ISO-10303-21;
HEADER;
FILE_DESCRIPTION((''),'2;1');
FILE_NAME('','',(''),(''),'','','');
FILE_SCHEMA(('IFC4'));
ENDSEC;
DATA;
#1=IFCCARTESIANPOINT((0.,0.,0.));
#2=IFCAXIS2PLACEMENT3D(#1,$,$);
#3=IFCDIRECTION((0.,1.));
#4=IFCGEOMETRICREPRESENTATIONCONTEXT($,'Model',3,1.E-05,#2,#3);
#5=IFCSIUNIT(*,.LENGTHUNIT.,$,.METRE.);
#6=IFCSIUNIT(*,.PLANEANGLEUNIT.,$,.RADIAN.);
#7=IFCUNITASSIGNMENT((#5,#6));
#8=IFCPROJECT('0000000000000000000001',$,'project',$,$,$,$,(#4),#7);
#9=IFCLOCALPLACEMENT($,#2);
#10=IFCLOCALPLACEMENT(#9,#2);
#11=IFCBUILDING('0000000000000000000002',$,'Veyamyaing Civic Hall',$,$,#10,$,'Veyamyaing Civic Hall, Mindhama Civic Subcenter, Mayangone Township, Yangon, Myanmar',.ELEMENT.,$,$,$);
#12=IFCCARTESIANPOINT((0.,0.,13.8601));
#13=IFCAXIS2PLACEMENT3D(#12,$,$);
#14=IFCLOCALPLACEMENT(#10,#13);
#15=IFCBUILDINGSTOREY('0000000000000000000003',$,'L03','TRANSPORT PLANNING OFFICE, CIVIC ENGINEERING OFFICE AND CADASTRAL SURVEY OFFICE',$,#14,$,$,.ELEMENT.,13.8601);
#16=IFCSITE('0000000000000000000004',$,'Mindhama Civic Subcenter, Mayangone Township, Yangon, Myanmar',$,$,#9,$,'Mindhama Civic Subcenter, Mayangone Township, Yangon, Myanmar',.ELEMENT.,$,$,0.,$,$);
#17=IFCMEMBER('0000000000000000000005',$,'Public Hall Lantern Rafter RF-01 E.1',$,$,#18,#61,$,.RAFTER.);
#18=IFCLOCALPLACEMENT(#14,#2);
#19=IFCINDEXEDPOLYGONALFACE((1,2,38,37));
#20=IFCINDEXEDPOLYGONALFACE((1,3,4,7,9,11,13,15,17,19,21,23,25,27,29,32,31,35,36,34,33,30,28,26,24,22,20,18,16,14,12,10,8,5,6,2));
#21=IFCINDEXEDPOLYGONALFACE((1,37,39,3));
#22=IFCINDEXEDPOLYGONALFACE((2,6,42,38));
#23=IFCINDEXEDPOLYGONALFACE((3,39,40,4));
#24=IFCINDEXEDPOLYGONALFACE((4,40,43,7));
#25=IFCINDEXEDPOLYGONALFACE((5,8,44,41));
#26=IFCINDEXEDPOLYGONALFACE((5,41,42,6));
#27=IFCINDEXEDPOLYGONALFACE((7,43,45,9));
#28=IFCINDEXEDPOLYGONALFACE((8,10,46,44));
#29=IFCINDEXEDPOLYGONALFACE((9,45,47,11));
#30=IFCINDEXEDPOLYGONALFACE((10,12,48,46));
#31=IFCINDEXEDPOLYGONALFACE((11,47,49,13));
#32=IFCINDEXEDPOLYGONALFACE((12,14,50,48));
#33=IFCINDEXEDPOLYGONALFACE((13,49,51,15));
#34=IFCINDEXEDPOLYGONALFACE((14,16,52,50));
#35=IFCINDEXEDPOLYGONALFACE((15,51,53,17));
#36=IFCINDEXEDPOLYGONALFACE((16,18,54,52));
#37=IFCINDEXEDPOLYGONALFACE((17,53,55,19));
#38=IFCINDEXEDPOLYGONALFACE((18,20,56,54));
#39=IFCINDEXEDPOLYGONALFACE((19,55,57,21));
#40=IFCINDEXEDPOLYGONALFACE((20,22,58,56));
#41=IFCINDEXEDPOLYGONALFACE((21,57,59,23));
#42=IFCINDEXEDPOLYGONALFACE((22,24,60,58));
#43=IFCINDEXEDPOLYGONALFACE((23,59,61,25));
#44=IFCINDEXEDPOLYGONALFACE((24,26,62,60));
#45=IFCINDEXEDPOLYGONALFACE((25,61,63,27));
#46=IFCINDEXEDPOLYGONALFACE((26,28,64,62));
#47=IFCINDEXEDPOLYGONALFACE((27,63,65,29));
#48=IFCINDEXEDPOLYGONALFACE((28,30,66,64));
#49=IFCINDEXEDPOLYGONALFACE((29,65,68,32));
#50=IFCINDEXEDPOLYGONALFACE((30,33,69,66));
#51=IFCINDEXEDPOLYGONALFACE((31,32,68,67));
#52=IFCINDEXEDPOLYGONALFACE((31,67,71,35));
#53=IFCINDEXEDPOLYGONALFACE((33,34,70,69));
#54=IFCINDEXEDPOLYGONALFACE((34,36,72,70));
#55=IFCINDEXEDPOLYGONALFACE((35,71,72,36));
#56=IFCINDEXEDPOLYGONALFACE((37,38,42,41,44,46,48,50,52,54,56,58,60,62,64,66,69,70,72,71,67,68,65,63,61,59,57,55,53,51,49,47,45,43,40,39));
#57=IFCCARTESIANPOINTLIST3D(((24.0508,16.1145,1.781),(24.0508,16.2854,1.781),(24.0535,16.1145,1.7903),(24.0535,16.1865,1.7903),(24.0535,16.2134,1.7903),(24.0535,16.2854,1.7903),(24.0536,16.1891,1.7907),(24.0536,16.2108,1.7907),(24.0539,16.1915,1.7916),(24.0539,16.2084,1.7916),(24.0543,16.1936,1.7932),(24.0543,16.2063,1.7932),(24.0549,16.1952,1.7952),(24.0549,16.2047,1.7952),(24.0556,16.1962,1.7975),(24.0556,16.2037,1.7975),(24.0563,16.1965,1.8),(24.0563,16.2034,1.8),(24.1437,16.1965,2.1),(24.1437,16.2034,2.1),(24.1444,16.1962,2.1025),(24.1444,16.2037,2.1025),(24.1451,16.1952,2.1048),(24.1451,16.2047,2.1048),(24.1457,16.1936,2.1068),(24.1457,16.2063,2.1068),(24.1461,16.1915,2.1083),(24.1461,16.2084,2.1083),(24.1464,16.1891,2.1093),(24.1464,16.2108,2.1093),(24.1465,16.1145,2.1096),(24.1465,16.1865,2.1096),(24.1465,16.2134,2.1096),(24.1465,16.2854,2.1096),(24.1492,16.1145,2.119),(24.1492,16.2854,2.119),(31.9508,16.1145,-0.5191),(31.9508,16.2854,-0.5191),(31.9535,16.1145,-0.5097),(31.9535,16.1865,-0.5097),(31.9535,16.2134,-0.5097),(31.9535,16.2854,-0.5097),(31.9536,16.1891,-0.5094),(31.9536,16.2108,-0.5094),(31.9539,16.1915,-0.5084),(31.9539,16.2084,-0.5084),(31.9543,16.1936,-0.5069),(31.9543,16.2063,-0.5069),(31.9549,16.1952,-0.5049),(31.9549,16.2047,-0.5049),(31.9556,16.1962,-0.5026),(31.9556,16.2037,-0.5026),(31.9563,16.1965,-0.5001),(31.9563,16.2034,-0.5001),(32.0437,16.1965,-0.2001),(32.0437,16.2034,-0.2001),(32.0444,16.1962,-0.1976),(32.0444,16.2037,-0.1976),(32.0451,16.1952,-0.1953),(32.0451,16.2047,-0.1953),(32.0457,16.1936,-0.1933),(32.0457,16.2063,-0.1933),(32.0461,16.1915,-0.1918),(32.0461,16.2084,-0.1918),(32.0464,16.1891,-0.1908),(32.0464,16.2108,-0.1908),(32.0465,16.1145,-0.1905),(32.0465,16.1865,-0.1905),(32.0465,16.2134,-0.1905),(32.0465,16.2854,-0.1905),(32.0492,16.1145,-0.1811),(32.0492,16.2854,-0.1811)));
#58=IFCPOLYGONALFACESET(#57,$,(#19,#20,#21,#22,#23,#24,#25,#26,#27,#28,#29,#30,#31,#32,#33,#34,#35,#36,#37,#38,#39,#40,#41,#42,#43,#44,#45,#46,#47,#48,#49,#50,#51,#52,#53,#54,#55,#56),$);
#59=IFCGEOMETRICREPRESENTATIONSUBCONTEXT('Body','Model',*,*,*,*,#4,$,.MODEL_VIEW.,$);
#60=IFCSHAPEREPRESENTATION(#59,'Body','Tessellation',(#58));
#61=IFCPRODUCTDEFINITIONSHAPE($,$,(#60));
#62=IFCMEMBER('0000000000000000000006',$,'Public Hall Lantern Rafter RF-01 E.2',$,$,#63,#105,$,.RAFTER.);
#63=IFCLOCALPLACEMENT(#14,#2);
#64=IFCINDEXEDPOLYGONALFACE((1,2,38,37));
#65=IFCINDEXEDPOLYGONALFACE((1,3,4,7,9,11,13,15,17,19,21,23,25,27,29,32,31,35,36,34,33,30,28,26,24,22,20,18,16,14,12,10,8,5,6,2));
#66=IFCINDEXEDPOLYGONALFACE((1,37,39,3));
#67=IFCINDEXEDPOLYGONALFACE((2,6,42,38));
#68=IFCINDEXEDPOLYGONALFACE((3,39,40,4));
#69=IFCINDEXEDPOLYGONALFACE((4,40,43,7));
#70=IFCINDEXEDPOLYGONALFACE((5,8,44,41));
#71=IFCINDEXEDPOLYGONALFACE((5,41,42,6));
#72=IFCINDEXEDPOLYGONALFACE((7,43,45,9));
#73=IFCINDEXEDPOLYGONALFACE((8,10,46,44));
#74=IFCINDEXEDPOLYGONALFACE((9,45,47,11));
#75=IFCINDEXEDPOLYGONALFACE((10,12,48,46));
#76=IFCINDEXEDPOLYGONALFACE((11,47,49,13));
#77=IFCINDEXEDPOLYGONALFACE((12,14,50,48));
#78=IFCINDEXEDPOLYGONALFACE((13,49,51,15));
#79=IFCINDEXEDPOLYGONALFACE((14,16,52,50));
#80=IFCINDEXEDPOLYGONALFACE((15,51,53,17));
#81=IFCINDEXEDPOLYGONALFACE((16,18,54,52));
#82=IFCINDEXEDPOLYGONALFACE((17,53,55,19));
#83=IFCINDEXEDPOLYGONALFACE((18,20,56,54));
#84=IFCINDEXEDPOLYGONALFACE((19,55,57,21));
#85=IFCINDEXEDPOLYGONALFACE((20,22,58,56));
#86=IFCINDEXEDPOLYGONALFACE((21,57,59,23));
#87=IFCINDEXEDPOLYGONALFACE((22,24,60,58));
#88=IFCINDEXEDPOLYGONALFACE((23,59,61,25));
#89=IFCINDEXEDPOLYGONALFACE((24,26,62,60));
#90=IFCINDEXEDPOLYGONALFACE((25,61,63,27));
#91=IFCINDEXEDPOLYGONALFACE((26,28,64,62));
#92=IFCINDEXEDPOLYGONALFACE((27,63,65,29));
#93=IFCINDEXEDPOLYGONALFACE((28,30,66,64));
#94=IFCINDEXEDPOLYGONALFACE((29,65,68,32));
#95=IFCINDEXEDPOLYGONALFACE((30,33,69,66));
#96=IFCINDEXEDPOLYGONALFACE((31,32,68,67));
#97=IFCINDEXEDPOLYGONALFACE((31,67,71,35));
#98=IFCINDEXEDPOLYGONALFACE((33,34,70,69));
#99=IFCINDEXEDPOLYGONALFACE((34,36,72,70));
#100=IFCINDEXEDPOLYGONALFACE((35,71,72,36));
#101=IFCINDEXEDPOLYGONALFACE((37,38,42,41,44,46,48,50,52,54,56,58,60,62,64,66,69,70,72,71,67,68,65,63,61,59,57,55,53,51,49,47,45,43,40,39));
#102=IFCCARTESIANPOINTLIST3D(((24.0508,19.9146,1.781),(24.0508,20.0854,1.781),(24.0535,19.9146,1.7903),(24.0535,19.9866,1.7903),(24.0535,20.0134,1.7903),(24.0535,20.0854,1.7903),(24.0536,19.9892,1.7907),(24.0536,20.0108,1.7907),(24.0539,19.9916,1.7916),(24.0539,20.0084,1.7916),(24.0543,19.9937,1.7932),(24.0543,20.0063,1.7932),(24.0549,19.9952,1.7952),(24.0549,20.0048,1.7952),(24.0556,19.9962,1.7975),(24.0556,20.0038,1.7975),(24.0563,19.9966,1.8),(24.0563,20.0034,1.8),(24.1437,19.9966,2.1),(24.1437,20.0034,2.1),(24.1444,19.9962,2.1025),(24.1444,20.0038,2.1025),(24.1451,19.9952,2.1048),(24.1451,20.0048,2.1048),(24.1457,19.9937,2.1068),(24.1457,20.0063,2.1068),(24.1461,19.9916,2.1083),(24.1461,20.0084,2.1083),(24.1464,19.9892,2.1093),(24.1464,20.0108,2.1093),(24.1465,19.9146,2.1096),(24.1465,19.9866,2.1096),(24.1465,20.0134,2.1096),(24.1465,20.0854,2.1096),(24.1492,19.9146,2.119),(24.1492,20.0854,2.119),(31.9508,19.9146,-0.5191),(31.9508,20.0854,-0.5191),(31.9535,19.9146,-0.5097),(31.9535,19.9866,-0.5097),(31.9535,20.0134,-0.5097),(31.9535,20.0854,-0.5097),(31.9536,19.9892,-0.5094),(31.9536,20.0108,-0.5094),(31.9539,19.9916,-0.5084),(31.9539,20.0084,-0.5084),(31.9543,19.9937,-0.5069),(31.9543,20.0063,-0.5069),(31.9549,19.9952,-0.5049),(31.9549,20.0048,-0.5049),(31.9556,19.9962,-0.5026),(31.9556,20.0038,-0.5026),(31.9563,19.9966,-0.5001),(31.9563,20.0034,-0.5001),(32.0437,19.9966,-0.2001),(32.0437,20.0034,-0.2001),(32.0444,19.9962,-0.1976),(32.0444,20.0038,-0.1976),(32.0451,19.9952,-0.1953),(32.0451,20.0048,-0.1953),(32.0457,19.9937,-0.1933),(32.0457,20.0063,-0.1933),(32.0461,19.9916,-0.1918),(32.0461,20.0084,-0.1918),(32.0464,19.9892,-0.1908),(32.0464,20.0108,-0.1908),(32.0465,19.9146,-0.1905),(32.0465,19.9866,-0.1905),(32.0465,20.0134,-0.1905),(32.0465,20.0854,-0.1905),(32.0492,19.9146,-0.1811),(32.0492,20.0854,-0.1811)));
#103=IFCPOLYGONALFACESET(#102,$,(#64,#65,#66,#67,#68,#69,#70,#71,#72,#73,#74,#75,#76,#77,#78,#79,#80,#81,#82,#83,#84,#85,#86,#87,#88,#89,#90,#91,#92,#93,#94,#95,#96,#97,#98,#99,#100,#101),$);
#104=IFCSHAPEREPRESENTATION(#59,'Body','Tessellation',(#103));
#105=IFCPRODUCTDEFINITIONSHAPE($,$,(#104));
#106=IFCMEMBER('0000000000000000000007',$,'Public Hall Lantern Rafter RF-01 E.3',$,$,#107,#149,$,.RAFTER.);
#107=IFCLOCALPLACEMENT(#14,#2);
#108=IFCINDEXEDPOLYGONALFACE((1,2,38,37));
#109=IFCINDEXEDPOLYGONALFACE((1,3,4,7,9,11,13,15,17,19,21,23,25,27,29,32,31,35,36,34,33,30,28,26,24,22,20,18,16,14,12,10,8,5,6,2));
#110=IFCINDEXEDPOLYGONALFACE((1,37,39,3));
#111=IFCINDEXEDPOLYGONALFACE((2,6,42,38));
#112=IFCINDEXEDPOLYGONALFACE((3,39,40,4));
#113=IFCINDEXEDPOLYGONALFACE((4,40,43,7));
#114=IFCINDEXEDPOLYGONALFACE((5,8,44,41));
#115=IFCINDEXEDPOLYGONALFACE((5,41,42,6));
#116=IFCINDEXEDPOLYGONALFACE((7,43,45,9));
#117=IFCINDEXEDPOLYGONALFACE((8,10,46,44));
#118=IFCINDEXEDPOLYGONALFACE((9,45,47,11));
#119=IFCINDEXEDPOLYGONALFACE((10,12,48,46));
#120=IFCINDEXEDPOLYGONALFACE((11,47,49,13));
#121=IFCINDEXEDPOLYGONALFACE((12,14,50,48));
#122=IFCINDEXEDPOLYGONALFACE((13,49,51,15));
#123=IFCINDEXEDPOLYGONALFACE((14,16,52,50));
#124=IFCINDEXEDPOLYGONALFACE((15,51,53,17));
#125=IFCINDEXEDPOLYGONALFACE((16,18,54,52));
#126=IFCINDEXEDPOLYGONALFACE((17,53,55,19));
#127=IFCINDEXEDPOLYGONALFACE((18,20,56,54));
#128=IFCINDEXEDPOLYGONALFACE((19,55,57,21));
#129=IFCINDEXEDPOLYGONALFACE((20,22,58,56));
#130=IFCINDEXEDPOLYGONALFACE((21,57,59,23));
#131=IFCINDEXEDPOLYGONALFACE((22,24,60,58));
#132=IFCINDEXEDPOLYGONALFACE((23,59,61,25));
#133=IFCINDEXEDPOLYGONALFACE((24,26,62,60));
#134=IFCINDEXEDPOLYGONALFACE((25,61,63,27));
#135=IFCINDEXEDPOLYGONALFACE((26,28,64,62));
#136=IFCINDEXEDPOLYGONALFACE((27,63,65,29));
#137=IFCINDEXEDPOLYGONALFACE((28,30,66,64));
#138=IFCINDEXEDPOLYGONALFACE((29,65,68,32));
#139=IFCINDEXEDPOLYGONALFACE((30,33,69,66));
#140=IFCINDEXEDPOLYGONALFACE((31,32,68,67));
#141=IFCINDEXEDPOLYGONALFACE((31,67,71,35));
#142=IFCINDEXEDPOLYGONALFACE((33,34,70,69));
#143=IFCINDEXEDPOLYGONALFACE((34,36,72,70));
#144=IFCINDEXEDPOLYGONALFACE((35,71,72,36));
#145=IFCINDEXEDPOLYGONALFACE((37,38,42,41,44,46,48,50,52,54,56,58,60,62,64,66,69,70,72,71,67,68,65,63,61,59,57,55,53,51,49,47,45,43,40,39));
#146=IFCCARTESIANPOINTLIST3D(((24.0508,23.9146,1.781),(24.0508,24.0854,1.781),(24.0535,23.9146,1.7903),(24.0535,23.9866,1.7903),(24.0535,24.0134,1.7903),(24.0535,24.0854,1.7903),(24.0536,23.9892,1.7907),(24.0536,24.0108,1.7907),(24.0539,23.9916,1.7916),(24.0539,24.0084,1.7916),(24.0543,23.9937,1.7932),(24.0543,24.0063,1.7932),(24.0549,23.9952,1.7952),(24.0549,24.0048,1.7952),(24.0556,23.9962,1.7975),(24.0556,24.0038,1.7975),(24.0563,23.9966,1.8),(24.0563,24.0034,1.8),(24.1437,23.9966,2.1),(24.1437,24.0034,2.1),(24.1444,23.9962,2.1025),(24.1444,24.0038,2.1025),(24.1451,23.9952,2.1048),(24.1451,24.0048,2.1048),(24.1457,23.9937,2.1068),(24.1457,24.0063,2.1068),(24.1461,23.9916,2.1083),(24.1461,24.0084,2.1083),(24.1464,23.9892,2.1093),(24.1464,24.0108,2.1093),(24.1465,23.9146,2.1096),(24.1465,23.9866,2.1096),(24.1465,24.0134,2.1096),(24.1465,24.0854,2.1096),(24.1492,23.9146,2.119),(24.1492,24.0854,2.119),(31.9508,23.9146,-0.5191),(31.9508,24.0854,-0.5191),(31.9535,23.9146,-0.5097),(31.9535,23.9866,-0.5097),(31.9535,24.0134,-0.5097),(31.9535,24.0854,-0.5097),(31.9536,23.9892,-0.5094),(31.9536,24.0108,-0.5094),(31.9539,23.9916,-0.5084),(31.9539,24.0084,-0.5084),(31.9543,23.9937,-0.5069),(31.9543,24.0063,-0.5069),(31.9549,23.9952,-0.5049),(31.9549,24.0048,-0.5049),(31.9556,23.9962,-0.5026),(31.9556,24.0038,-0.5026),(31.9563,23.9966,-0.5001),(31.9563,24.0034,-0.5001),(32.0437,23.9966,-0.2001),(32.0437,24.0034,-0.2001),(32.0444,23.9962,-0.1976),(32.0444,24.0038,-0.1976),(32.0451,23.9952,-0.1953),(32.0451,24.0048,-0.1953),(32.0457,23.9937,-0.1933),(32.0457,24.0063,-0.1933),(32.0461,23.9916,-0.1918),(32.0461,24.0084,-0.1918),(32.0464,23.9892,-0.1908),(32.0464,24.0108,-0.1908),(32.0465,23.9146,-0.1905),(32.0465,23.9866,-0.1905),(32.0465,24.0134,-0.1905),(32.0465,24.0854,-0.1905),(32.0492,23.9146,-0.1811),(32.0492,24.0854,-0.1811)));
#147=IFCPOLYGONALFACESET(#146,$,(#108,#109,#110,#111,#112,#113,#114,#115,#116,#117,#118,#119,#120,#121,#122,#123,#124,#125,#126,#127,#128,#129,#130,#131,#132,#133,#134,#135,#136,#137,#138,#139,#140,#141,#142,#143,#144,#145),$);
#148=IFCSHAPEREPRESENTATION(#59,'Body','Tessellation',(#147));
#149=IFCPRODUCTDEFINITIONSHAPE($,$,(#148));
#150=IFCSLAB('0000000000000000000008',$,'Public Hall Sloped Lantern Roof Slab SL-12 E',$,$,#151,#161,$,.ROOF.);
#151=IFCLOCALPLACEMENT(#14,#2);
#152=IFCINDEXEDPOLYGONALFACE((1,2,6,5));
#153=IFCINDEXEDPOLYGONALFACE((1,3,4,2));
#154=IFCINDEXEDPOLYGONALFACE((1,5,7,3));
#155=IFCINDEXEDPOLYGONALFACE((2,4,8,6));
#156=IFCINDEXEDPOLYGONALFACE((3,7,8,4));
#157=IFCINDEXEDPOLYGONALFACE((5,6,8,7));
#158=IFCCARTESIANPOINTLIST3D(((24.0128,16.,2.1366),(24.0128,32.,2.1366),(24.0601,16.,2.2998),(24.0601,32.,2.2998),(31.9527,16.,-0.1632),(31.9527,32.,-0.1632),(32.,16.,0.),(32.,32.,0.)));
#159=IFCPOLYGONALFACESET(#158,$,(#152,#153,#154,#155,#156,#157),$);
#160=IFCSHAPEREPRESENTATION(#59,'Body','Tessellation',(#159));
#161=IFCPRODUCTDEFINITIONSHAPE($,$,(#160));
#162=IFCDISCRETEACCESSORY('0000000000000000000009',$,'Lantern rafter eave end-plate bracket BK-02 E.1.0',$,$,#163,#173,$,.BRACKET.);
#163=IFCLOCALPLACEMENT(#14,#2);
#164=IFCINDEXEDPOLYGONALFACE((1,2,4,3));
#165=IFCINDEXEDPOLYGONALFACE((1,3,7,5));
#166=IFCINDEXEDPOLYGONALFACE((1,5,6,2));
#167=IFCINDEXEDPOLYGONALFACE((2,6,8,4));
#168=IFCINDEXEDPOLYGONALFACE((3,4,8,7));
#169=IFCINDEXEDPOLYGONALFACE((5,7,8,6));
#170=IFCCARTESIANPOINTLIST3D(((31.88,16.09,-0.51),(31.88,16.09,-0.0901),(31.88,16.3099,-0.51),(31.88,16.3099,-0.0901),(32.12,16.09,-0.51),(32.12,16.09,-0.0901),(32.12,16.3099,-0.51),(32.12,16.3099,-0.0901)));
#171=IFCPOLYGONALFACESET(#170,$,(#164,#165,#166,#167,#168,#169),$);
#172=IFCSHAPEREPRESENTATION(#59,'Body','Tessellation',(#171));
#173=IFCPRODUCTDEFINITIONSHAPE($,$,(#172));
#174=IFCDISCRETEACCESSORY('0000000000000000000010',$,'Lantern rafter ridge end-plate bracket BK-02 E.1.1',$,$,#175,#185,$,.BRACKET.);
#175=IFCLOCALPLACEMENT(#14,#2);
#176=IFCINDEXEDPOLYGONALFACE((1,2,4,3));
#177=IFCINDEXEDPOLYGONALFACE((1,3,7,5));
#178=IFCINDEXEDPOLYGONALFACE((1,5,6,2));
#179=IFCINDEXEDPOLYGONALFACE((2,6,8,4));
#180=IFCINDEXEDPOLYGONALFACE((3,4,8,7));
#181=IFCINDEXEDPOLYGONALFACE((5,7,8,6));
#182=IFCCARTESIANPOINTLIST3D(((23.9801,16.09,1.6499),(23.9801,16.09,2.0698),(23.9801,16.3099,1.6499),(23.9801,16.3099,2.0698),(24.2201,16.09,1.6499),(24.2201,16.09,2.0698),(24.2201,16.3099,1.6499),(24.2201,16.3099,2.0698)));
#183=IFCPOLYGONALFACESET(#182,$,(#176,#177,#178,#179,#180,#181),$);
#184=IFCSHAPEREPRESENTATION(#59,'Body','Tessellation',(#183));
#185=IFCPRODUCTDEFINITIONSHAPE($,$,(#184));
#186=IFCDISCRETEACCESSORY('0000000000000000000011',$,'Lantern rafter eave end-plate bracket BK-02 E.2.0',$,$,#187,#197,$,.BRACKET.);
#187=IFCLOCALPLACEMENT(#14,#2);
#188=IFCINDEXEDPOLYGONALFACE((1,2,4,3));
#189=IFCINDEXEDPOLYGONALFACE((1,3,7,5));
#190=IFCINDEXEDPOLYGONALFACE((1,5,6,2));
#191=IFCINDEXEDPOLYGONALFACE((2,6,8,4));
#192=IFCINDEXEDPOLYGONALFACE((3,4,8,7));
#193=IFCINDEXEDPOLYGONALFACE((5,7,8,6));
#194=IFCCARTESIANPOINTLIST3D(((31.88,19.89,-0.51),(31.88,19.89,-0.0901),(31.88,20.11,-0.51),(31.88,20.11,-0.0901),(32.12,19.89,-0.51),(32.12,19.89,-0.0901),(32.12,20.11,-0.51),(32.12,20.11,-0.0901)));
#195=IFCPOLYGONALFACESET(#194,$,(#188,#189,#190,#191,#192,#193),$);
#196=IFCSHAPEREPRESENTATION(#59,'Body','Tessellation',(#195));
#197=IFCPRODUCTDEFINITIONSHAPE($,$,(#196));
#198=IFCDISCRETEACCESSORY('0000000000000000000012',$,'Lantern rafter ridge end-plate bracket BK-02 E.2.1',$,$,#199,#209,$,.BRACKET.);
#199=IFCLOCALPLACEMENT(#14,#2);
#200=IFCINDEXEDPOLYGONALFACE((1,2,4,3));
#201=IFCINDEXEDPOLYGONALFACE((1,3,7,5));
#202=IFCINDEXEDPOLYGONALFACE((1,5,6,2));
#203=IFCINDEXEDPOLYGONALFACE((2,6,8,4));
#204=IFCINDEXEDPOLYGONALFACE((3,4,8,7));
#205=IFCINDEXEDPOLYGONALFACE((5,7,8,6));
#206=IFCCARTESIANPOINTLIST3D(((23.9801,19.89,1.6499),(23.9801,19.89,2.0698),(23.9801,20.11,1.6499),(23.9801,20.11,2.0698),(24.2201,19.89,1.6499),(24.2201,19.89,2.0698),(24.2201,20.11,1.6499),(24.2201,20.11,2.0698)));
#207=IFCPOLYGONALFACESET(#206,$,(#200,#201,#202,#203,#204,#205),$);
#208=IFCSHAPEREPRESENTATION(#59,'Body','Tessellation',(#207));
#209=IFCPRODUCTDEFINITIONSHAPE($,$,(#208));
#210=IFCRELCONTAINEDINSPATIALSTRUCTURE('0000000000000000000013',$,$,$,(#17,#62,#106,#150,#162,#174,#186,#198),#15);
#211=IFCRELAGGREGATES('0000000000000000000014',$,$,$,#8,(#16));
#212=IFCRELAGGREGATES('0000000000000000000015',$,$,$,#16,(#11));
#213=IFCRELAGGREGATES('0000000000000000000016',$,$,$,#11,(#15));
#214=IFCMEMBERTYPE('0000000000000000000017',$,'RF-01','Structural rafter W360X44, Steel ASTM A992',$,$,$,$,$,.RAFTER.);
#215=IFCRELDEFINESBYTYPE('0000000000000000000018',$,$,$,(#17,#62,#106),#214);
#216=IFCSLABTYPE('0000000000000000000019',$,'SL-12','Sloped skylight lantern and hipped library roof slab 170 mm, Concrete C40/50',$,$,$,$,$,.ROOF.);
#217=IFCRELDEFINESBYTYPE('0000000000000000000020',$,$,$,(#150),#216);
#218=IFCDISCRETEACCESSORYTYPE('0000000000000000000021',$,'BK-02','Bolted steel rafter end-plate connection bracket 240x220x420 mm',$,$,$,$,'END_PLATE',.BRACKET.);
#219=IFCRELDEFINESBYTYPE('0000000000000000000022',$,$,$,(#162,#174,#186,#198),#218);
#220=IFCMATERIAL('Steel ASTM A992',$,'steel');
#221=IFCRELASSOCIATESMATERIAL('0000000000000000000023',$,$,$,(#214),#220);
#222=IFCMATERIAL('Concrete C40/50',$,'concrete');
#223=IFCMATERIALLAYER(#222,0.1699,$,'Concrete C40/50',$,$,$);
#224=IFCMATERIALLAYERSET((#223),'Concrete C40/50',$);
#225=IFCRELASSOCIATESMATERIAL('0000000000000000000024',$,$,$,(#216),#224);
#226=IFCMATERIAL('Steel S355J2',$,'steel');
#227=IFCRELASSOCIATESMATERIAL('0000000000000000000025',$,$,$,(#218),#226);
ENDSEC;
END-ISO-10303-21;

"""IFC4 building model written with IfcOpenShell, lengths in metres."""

from ifc_helpers import new_model, si_unit, direction, frame, origin, origin_2d, place, context, subcontext, project, spatial, polyline, rectangle, i_section, outline, extrude, material, layer, layer_set, material_profile, profile_set, type_object, element, save


model = new_model("IFC4")

# Units and contexts
model_context = context("Model", 3, precision=1e-05, world=origin(), true_north=direction((0.0, 1.0)))
body_context = subcontext(model_context, "Body", "Model", "MODEL_VIEW")
ifc_project = project(units=[si_unit("LENGTHUNIT", "METRE"), si_unit("PLANEANGLEUNIT", "RADIAN")], contexts=[model_context])

# Site, building, storey
site_placement = place(None, origin())
site = spatial("IfcSite", under=ifc_project, at=site_placement, Name="Mindhama Civic Subcenter, Mayangone Township, Yangon, Myanmar", LongName="Mindhama Civic Subcenter, Mayangone Township, Yangon, Myanmar", CompositionType="ELEMENT", RefElevation=0.0)
building_placement = place(site_placement, origin())
building = spatial("IfcBuilding", under=site, at=building_placement, Name="Veyamyaing Civic Hall", LongName="Veyamyaing Civic Hall, Mindhama Civic Subcenter, Mayangone Township, Yangon, Myanmar", CompositionType="ELEMENT")
storey_placement = place(building_placement, frame((0.0, 0.0, 13.8601)))
storey = spatial("IfcBuildingStorey", under=building, at=storey_placement, Name="L03", Description="TRANSPORT PLANNING OFFICE, CIVIC ENGINEERING OFFICE AND CADASTRAL SURVEY OFFICE", CompositionType="ELEMENT", Elevation=13.8601)

# Shared definitions
ifc_material_1 = material(Name="Steel ASTM A992", Category="steel")

# Members
ifc_material_profile_1 = material_profile(ifc_material_1, i_section(OverallWidth=0.1709, OverallDepth=0.3521, WebThickness=0.0068, FlangeThickness=0.0098, FilletRadius=0.01, at=origin_2d()), Name="W360X44")
ifc_profile_set_1 = profile_set([ifc_material_profile_1], Name="Steel ASTM A992")
member_type = type_object("IfcMemberType", Name="RF-01", Description="Structural rafter W360X44, Steel ASTM A992", PredefinedType="RAFTER", material=ifc_profile_set_1)
for number, where, z_axis, x_axis, name in (
    (1, (32.0, 16.2, -0.3501), (-0.960133, 0.0, 0.279542), (0.0, -1.0, 0.0), "Public Hall Lantern Rafter RF-01 E.1"),
    (2, (32.0, 20.0, -0.3501), (-0.960133, 0.0, 0.279542), (0.0, -1.0, 0.0), "Public Hall Lantern Rafter RF-01 E.2"),
    (3, (32.0, 24.0, -0.3501), (-0.960133, 0.0, 0.279542), (0.0, -1.0, 0.0), "Public Hall Lantern Rafter RF-01 E.3"),
):
    element("IfcMember", number, at=place(storey_placement, frame(where, z_axis=z_axis, x_axis=x_axis)), inside=storey, type_object=member_type, Name=name, PredefinedType="RAFTER", context=body_context, shape_type="SweptSolid", body=[
        extrude(i_section(OverallWidth=0.1709, OverallDepth=0.3521, WebThickness=0.0068, FlangeThickness=0.0098, FilletRadius=0.01, at=origin_2d()), origin(), (0.0, 0.0, 1.0), 8.228),
    ])

# Slab
ifc_material_2 = material(Name="Concrete C40/50", Category="concrete")
ifc_layer = layer(ifc_material_2, 0.1699, Name="Concrete C40/50")
ifc_layer_set = layer_set([ifc_layer], Name="Concrete C40/50")
slab_type = type_object("IfcSlabType", Name="SL-12", Description="Sloped skylight lantern and hipped library roof slab 170 mm, Concrete C40/50", PredefinedType="ROOF", material=ifc_layer_set)
slab_placement = place(storey_placement, frame((24.0601, 16.0, 2.2998), z_axis=(0.278214, 0.0, 0.960519), x_axis=(0.960519, 0.0, -0.278214)))
element("IfcSlab", 4, at=slab_placement, inside=storey, type_object=slab_type, Name="Public Hall Sloped Lantern Roof Slab SL-12 E", PredefinedType="ROOF", context=body_context, shape_type="SweptSolid", body=[
    extrude(outline(polyline([(0.0, 0.0), (8.2663, 0.0), (8.2663, 16.0), (0.0, 16.0), (0.0, 0.0)])), origin(), (0.0, 0.0, -1.0), 0.1699),
])

# Discrete accessories
ifc_material_3 = material(Name="Steel S355J2", Category="steel")
discrete_accessory_type = type_object("IfcDiscreteAccessoryType", Name="BK-02", Description="Bolted steel rafter end-plate connection bracket 240x220x420 mm", ElementType="END_PLATE", PredefinedType="BRACKET", material=ifc_material_3)
for number, where, z_axis, x_axis, name in (
    (5, (32.0, 16.2, -0.51), (0.0, 0.0, 1.0), (1.0, 0.0, 0.0), "Lantern rafter eave end-plate bracket BK-02 E.1.0"),
    (6, (24.1001, 16.2, 1.6499), (0.0, 0.0, 1.0), (1.0, 0.0, 0.0), "Lantern rafter ridge end-plate bracket BK-02 E.1.1"),
    (7, (32.0, 20.0, -0.51), (0.0, 0.0, 1.0), (1.0, 0.0, 0.0), "Lantern rafter eave end-plate bracket BK-02 E.2.0"),
    (8, (24.1001, 20.0, 1.6499), (0.0, 0.0, 1.0), (1.0, 0.0, 0.0), "Lantern rafter ridge end-plate bracket BK-02 E.2.1"),
):
    element("IfcDiscreteAccessory", number, at=place(storey_placement, frame(where, z_axis=z_axis, x_axis=x_axis)), inside=storey, type_object=discrete_accessory_type, Name=name, PredefinedType="BRACKET", context=body_context, shape_type="SweptSolid", body=[
        extrude(rectangle(XDim=0.24, YDim=0.22, at=origin_2d()), origin(), (0.0, 0.0, 1.0), 0.4199),
    ])

save(model, "model.ifc")
